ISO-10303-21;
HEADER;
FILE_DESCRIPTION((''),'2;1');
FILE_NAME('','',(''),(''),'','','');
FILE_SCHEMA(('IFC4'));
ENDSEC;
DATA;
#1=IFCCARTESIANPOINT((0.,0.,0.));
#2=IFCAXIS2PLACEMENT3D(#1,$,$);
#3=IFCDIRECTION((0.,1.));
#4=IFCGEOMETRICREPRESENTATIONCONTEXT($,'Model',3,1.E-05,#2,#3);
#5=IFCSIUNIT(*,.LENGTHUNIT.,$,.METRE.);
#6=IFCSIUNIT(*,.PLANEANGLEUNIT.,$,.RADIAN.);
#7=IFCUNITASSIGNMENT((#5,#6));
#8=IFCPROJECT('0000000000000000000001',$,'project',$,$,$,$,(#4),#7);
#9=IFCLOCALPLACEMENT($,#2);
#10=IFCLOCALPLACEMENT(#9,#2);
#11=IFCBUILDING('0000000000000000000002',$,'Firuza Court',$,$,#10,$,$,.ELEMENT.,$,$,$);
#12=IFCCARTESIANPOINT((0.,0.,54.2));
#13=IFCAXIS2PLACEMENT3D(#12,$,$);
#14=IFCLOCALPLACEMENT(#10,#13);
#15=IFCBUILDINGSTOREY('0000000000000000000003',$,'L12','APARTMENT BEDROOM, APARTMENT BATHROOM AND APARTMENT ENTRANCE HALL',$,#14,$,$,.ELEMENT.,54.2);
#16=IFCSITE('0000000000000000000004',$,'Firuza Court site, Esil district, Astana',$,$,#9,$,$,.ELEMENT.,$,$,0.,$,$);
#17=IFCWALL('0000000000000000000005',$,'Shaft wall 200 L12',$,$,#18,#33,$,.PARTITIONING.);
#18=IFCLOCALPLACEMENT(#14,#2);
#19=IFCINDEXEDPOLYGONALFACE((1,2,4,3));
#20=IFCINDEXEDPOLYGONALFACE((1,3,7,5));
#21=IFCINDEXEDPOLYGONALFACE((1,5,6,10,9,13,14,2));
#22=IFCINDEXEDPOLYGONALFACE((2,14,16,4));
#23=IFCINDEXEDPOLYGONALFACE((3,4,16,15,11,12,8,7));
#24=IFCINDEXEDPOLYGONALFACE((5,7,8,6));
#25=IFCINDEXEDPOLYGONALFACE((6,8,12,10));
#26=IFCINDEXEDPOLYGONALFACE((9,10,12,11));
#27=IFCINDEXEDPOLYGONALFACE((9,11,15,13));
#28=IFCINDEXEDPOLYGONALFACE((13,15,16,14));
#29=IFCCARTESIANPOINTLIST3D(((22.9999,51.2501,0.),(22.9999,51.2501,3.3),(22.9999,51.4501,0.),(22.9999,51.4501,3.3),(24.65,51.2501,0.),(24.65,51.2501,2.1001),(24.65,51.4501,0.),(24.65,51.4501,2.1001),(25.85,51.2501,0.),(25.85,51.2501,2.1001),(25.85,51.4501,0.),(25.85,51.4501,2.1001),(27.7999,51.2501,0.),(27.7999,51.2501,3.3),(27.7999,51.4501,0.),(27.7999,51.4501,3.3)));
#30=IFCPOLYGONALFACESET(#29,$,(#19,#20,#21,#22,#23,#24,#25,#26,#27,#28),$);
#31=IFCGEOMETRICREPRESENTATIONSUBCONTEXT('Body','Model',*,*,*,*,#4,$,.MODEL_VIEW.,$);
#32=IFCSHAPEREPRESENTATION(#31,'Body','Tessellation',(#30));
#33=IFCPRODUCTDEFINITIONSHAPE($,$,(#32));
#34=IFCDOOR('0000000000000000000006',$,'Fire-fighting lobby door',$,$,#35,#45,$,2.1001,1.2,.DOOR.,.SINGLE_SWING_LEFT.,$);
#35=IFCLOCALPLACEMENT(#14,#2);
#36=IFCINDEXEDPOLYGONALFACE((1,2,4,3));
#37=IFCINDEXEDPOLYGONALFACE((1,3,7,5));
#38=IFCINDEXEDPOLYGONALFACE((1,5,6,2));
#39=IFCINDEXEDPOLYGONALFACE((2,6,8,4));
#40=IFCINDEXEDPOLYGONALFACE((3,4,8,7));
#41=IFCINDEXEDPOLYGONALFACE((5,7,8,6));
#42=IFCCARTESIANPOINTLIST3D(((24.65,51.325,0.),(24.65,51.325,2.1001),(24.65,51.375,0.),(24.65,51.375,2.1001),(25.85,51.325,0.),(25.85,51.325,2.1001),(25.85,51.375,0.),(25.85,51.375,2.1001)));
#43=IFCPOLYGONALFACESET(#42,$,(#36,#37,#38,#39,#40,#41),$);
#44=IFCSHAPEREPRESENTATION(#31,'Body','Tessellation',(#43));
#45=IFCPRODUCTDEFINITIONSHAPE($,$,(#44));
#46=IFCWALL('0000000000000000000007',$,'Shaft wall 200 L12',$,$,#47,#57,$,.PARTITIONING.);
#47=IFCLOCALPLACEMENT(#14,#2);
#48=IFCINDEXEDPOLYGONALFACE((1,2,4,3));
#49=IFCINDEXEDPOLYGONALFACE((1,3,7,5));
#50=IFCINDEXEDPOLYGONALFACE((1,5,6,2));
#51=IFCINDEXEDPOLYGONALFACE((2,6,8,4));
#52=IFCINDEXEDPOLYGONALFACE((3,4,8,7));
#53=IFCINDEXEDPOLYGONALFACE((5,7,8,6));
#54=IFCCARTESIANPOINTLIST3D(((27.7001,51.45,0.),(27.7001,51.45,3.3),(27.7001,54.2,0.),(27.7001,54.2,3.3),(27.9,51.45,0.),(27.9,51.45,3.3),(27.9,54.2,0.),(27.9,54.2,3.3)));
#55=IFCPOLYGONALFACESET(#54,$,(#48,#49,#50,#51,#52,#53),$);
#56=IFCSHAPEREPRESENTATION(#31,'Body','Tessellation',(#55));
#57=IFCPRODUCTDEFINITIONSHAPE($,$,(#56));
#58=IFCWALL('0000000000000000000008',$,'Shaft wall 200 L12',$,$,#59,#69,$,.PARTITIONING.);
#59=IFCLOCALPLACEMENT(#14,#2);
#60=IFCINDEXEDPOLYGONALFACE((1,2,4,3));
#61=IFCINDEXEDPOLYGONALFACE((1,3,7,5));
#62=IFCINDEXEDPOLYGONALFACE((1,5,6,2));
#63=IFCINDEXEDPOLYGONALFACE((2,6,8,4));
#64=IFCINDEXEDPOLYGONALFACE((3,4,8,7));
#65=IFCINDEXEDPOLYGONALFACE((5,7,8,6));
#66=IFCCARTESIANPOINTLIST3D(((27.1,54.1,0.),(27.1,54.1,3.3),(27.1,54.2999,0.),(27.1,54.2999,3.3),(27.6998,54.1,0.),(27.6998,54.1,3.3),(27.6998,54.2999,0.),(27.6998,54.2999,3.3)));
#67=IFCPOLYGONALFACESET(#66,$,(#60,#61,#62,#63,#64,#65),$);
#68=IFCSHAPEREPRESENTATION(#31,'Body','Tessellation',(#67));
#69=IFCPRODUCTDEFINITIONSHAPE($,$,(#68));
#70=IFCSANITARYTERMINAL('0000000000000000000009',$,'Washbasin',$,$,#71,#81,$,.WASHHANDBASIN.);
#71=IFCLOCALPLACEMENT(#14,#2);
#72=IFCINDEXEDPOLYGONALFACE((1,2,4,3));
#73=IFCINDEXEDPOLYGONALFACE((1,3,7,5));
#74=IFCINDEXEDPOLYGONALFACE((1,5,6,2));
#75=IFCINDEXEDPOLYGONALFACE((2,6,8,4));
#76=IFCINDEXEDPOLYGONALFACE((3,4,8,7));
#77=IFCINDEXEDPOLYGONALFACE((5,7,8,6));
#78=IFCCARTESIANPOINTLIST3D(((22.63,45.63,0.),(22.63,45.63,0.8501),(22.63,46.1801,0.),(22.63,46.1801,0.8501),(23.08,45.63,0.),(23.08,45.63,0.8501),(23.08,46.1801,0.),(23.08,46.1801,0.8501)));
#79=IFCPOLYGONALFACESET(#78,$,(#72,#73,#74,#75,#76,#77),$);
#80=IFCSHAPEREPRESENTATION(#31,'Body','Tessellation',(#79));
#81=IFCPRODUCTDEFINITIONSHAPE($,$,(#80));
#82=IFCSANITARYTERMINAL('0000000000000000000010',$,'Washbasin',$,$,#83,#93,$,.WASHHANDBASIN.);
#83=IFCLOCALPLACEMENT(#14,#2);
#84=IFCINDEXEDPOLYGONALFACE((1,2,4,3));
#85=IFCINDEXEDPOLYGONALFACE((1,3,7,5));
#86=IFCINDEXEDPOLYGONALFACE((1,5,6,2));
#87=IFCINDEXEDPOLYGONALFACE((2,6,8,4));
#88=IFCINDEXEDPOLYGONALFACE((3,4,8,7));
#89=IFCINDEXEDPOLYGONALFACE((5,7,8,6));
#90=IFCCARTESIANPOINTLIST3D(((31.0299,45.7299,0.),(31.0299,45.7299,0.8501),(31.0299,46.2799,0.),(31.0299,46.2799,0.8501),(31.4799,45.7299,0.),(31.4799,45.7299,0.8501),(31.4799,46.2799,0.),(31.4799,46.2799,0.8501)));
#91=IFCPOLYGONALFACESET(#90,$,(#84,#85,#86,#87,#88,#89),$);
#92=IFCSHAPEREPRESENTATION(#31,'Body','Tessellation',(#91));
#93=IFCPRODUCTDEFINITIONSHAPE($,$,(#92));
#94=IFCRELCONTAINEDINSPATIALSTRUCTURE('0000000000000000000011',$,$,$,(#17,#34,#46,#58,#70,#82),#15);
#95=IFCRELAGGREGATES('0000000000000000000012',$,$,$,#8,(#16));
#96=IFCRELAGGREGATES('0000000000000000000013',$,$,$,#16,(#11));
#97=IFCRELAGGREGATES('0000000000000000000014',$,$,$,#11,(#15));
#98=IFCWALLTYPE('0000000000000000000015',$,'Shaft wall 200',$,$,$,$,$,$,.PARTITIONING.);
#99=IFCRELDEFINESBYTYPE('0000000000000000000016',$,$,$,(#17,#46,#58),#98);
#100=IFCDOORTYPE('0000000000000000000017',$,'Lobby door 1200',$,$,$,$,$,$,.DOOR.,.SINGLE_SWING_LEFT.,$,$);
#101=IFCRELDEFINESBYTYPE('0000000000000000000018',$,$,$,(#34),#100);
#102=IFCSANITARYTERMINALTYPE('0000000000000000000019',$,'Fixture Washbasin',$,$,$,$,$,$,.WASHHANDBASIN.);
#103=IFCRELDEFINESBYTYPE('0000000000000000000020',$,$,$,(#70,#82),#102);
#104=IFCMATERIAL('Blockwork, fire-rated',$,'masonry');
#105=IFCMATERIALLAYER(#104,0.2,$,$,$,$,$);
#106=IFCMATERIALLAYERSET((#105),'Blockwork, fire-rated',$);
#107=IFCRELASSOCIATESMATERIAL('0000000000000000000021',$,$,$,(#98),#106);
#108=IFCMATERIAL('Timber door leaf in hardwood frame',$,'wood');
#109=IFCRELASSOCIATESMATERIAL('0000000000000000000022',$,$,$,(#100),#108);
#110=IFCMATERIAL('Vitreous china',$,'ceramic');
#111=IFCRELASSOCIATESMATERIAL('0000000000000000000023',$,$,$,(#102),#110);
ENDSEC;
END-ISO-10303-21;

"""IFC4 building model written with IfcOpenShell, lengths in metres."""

from ifc_helpers import new_model, si_unit, direction, frame, frame_2d, origin, origin_2d, place, context, subcontext, project, spatial, rectangle, extrude, material, layer, layer_set, type_object, element, fill, save


model = new_model("IFC4")

# Units and contexts
model_context = context("Model", 3, precision=1e-05, world=origin(), true_north=direction((0.0, 1.0)))
body_context = subcontext(model_context, "Body", "Model", "MODEL_VIEW")
ifc_project = project(units=[si_unit("LENGTHUNIT", "METRE"), si_unit("PLANEANGLEUNIT", "RADIAN")], contexts=[model_context])

# Site, building, storey
site_placement = place(None, origin())
site = spatial("IfcSite", under=ifc_project, at=site_placement, Name="Firuza Court site, Esil district, Astana", CompositionType="ELEMENT", RefElevation=0.0)
building_placement = place(site_placement, origin())
building = spatial("IfcBuilding", under=site, at=building_placement, Name="Firuza Court", CompositionType="ELEMENT")
storey_placement = place(building_placement, frame((0.0, 0.0, 54.2)))
storey = spatial("IfcBuildingStorey", under=building, at=storey_placement, Name="L12", Description="APARTMENT BEDROOM, APARTMENT BATHROOM AND APARTMENT ENTRANCE HALL", CompositionType="ELEMENT", Elevation=54.2)

# Shared definitions
ifc_material_1 = material(Name="Blockwork, fire-rated", Category="masonry")

# Shared definitions
ifc_layer_1 = layer(ifc_material_1, 0.2)
ifc_layer_set_1 = layer_set([ifc_layer_1], Name="Blockwork, fire-rated")
wall_type_1 = type_object("IfcWallType", Name="Shaft wall 200", PredefinedType="PARTITIONING", material=ifc_layer_set_1)

# Wall, opening, door
wall_1_placement = place(storey_placement, frame((23.0, 51.3501, 0.0), z_axis=(0.0, 0.0, 1.0), x_axis=(1.0, 0.0, 0.0)))
wall_1 = element("IfcWall", 1, at=wall_1_placement, inside=storey, type_object=wall_type_1, Name="Shaft wall 200 L12", PredefinedType="PARTITIONING", context=body_context, shape_type="SweptSolid", body=[
    extrude(rectangle(XDim=4.8, YDim=0.2, at=frame_2d((2.3999, 0.0))), origin(), (0.0, 0.0, 1.0), 3.3),
])
opening_1_placement = place(wall_1_placement, frame((1.6499, 0.0, 0.0)))
opening_1 = element("IfcOpeningElement", 2, at=opening_1_placement, cuts=wall_1, PredefinedType="OPENING", context=body_context, shape_type="SweptSolid", body=[
    extrude(rectangle(XDim=1.2, YDim=2.1001, at=frame_2d((0.6001, 1.05))), frame((0.0, 0.1118, 0.0), z_axis=(0.0, -1.0, 0.0), x_axis=(1.0, 0.0, 0.0)), (0.0, 0.0, 1.0), 0.2239),
])
ifc_material_2 = material(Name="Timber door leaf in hardwood frame", Category="wood")
door_type_1 = type_object("IfcDoorType", Name="Lobby door 1200", OperationType="SINGLE_SWING_LEFT", PredefinedType="DOOR", material=ifc_material_2)
door_1_placement = place(opening_1_placement, origin())
door_1 = element("IfcDoor", 3, at=door_1_placement, inside=storey, type_object=door_type_1, Name="Fire-fighting lobby door", OperationType="SINGLE_SWING_LEFT", OverallHeight=2.1001, OverallWidth=1.2, PredefinedType="DOOR", context=body_context, shape_type="SweptSolid", body=[
    extrude(rectangle(XDim=1.2, YDim=2.1001, at=frame_2d((0.6001, 1.05))), frame((0.0, 0.0249, 0.0), z_axis=(0.0, -1.0, 0.0), x_axis=(1.0, 0.0, 0.0)), (0.0, 0.0, 1.0), 0.05),
])
fill(opening_1, door_1)

# Walls
wall_2_placement = place(storey_placement, frame((27.8, 51.45, 0.0), z_axis=(0.0, 0.0, 1.0), x_axis=(0.0, 1.0, 0.0)))
element("IfcWall", 4, at=wall_2_placement, inside=storey, type_object=wall_type_1, Name="Shaft wall 200 L12", PredefinedType="PARTITIONING", context=body_context, shape_type="SweptSolid", body=[
    extrude(rectangle(XDim=2.75, YDim=0.2, at=frame_2d((1.375, 0.0))), origin(), (0.0, 0.0, 1.0), 3.3),
])
wall_3_placement = place(storey_placement, frame((27.1001, 54.2, 0.0), z_axis=(0.0, 0.0, 1.0), x_axis=(1.0, 0.0, 0.0)))
element("IfcWall", 5, at=wall_3_placement, inside=storey, type_object=wall_type_1, Name="Shaft wall 200 L12", PredefinedType="PARTITIONING", context=body_context, shape_type="SweptSolid", body=[
    extrude(rectangle(XDim=0.5999, YDim=0.2, at=frame_2d((0.2998, 0.0))), origin(), (0.0, 0.0, 1.0), 3.3),
])

# Sanitary terminals
ifc_material_3 = material(Name="Vitreous china", Category="ceramic")
sanitary_terminal_type = type_object("IfcSanitaryTerminalType", Name="Fixture Washbasin", PredefinedType="WASHHANDBASIN", material=ifc_material_3)
for number, where, z_axis, x_axis, name in (
    (6, (22.855, 45.905, 0.0), (0.0, 0.0, 1.0), (1.0, 0.0, 0.0), "Washbasin"),
    (7, (31.2549, 46.0049, 0.0), (0.0, 0.0, 1.0), (1.0, 0.0, 0.0), "Washbasin"),
):
    element("IfcSanitaryTerminal", number, at=place(storey_placement, frame(where, z_axis=z_axis, x_axis=x_axis)), inside=storey, type_object=sanitary_terminal_type, Name=name, PredefinedType="WASHHANDBASIN", context=body_context, shape_type="SweptSolid", body=[
        extrude(rectangle(XDim=0.45, YDim=0.55, at=origin_2d()), origin(), (0.0, 0.0, 1.0), 0.8501),
    ])

save(model, "model.ifc")
